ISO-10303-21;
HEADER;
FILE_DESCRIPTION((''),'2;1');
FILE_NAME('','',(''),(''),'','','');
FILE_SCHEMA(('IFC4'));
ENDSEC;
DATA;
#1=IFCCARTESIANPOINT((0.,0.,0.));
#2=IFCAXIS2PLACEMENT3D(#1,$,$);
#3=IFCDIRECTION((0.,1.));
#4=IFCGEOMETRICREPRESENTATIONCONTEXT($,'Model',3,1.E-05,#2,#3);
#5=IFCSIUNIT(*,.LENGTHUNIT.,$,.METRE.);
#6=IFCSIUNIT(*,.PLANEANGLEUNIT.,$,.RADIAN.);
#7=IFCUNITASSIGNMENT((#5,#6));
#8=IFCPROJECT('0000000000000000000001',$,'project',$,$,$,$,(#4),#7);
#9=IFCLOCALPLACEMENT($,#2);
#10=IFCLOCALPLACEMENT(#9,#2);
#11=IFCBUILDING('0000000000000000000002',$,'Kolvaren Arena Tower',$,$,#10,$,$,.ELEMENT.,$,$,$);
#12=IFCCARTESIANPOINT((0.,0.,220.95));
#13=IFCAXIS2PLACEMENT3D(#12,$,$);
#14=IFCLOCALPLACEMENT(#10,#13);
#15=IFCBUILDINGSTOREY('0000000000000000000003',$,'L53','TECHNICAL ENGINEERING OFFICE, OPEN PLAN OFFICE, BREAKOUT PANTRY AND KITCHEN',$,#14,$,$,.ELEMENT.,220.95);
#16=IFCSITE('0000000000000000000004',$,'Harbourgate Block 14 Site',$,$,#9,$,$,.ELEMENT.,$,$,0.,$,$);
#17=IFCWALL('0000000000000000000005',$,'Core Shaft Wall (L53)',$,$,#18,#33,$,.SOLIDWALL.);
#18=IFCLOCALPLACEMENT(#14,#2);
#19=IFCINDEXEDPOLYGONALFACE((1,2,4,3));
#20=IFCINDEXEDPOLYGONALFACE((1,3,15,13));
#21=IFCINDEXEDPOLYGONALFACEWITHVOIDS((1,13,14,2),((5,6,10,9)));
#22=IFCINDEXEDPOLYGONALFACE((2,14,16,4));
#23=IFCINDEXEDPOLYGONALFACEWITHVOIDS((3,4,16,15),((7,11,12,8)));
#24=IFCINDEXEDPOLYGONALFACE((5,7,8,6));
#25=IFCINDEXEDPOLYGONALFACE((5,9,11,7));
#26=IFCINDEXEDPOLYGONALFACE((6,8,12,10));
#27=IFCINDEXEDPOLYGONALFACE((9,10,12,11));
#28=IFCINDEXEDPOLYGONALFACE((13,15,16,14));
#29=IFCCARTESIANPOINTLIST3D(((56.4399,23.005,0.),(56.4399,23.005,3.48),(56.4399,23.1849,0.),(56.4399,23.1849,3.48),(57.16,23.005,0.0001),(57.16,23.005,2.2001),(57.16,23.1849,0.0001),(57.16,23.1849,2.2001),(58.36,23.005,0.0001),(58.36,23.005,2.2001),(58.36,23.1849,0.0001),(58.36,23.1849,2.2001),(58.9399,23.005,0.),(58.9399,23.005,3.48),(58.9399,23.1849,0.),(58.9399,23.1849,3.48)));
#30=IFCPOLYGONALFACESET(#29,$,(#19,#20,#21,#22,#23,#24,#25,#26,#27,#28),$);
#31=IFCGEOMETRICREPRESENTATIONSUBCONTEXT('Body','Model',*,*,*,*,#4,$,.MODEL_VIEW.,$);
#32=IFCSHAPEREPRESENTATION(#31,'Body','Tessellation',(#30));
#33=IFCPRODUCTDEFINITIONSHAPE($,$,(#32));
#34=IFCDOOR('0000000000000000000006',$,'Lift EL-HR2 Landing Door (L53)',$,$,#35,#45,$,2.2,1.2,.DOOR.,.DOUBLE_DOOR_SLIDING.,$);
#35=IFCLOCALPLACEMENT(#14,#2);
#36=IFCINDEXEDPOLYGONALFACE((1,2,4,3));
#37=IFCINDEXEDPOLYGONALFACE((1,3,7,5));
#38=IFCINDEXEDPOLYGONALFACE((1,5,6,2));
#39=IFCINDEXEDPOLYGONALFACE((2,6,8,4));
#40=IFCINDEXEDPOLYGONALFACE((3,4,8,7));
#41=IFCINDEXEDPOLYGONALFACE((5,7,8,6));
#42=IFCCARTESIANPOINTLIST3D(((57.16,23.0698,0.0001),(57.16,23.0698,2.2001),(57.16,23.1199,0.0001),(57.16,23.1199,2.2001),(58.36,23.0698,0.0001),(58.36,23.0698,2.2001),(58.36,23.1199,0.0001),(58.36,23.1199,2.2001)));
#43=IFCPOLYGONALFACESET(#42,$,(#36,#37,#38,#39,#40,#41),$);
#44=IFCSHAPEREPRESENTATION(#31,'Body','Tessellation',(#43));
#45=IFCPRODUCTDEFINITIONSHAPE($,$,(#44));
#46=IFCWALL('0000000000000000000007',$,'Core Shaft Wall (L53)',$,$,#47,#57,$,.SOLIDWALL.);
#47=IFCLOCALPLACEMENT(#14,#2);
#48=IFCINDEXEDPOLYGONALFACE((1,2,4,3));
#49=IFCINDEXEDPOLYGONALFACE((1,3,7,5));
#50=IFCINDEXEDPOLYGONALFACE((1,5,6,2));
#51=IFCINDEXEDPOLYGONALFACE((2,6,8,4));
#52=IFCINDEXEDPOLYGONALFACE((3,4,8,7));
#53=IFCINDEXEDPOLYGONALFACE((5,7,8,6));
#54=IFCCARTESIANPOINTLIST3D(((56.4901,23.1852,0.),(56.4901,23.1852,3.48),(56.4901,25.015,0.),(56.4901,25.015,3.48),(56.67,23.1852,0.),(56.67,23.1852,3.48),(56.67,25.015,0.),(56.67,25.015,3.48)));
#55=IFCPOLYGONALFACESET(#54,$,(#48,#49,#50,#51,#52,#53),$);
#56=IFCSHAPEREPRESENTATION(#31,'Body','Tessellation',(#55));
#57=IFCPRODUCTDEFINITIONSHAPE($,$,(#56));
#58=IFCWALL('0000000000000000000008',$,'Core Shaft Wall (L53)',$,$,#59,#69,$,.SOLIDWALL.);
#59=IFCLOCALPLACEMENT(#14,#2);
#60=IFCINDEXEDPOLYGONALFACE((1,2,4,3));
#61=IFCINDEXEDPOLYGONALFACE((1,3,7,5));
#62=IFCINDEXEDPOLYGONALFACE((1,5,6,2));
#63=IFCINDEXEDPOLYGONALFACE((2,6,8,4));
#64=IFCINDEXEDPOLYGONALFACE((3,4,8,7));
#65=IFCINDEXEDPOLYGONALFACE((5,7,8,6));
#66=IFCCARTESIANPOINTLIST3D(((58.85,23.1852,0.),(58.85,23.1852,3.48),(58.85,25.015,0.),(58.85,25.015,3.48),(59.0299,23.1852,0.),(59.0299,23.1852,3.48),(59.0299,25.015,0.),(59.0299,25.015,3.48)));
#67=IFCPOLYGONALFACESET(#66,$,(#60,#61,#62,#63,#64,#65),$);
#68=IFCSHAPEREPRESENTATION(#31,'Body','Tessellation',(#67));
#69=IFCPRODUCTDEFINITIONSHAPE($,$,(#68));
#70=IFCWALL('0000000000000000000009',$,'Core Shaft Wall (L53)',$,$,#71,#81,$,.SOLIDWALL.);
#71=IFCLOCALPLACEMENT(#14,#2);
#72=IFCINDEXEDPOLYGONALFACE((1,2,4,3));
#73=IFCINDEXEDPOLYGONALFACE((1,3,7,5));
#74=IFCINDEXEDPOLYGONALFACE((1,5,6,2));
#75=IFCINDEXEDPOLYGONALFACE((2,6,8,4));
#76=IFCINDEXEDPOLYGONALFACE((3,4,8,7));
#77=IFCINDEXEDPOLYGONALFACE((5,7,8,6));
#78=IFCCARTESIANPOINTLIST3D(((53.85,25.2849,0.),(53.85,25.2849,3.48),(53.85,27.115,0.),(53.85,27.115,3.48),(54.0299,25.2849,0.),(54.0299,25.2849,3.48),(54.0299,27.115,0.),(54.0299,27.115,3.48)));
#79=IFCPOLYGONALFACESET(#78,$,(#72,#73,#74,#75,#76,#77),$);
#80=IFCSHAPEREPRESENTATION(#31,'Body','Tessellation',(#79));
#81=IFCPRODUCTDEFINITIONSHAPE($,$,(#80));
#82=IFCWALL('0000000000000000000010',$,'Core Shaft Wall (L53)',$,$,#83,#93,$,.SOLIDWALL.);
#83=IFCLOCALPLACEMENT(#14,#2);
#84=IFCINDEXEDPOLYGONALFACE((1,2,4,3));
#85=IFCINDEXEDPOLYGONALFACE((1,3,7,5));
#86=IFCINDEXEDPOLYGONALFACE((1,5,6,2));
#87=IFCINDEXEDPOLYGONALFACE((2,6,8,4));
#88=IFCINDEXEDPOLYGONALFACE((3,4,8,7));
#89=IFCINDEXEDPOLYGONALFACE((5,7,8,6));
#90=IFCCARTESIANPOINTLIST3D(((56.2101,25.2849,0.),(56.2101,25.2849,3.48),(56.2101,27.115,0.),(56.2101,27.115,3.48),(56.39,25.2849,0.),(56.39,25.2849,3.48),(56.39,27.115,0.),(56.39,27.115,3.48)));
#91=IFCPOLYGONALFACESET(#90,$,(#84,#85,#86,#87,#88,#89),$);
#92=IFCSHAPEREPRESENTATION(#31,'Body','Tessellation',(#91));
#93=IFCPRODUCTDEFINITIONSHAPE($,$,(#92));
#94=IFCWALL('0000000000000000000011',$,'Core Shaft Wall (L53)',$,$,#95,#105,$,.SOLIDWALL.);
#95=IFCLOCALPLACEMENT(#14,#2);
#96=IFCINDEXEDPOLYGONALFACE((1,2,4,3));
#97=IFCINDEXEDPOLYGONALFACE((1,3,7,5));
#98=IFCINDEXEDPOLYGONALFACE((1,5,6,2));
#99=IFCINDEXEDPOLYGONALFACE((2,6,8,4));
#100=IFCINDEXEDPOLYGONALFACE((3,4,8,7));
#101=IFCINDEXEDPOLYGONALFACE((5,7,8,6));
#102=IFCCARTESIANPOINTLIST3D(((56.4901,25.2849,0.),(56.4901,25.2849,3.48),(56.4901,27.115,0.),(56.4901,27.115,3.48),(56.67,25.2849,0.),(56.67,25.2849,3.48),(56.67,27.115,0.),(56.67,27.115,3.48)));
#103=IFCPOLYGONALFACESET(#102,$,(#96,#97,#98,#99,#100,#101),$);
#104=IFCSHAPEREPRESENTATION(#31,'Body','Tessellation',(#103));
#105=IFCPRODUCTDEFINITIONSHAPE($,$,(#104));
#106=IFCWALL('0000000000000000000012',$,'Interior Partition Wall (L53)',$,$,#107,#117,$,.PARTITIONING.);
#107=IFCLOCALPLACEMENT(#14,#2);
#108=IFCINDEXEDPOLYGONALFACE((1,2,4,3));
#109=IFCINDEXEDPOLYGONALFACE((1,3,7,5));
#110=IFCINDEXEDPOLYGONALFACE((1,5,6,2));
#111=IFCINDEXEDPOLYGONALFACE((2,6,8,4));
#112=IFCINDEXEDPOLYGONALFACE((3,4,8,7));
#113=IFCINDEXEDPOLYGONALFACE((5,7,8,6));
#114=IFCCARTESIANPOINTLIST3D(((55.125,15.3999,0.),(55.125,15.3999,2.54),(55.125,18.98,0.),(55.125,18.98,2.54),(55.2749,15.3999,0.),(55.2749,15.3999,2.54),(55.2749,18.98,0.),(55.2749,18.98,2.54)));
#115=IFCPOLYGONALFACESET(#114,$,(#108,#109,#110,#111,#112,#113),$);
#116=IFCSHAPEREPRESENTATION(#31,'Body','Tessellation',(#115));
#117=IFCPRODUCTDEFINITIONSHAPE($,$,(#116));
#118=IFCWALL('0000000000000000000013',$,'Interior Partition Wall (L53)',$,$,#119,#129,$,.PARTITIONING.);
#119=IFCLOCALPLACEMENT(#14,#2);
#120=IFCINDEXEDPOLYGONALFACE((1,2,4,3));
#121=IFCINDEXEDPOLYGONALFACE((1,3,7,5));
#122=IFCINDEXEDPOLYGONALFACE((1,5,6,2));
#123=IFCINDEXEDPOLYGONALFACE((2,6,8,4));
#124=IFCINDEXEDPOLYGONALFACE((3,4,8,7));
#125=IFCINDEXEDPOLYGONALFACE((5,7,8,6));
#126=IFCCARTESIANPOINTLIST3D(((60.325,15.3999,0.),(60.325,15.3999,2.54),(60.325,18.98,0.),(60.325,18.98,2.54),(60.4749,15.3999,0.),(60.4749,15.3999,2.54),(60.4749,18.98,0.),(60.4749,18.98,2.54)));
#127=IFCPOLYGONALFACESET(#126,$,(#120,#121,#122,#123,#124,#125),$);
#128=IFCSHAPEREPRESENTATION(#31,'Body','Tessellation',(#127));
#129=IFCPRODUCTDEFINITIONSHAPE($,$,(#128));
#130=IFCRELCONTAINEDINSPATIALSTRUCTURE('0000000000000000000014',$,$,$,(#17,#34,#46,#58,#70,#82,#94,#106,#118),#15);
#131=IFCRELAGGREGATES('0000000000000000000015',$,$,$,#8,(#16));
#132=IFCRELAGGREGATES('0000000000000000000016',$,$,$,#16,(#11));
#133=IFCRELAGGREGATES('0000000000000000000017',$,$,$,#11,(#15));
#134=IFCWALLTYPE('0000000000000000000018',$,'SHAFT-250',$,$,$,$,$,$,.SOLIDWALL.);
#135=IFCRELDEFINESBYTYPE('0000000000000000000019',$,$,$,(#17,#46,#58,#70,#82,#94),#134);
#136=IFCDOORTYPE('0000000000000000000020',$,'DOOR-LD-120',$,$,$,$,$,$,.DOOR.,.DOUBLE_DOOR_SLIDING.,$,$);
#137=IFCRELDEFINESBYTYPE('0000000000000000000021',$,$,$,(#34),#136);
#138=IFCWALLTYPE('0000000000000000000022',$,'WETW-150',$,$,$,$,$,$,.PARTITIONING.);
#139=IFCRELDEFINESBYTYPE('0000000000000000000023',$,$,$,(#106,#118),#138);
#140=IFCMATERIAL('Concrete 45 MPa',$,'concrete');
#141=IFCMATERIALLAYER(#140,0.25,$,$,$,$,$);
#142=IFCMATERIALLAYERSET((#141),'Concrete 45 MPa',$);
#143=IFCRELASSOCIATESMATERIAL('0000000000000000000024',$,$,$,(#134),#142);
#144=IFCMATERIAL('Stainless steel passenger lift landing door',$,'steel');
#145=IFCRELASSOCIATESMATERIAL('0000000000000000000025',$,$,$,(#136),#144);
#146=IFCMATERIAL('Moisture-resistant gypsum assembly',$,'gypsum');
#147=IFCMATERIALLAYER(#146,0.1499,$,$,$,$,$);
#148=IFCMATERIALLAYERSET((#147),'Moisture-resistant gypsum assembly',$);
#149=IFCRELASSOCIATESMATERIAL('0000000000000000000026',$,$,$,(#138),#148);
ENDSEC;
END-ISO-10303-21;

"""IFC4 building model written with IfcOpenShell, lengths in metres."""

from ifc_helpers import new_model, si_unit, direction, frame, frame_2d, origin, place, context, subcontext, project, spatial, rectangle, extrude, material, layer, layer_set, type_object, element, fill, save


model = new_model("IFC4")

# Units and contexts
model_context = context("Model", 3, precision=1e-05, world=origin(), true_north=direction((0.0, 1.0)))
body_context = subcontext(model_context, "Body", "Model", "MODEL_VIEW")
ifc_project = project(units=[si_unit("LENGTHUNIT", "METRE"), si_unit("PLANEANGLEUNIT", "RADIAN")], contexts=[model_context])

# Site, building, storey
site_placement = place(None, origin())
site = spatial("IfcSite", under=ifc_project, at=site_placement, Name="Harbourgate Block 14 Site", CompositionType="ELEMENT", RefElevation=0.0)
building_placement = place(site_placement, origin())
building = spatial("IfcBuilding", under=site, at=building_placement, Name="Kolvaren Arena Tower", CompositionType="ELEMENT")
storey_placement = place(building_placement, frame((0.0, 0.0, 220.95)))
storey = spatial("IfcBuildingStorey", under=building, at=storey_placement, Name="L53", Description="TECHNICAL ENGINEERING OFFICE, OPEN PLAN OFFICE, BREAKOUT PANTRY AND KITCHEN", CompositionType="ELEMENT", Elevation=220.95)

# Shared definitions
ifc_material_1 = material(Name="Concrete 45 MPa", Category="concrete")
ifc_layer_1 = layer(ifc_material_1, 0.25)
ifc_layer_set_1 = layer_set([ifc_layer_1], Name="Concrete 45 MPa")
wall_type_1 = type_object("IfcWallType", Name="SHAFT-250", PredefinedType="SOLIDWALL", material=ifc_layer_set_1)

# Wall, opening, door
wall_1_placement = place(storey_placement, frame((56.4399, 23.095, 0.0), z_axis=(0.0, 0.0, 1.0), x_axis=(1.0, 0.0, 0.0)))
wall_1 = element("IfcWall", 1, at=wall_1_placement, inside=storey, type_object=wall_type_1, Name="Core Shaft Wall (L53)", PredefinedType="SOLIDWALL", context=body_context, shape_type="SweptSolid", body=[
    extrude(rectangle(XDim=2.5, YDim=0.1799, at=frame_2d((1.25, 0.0))), origin(), (0.0, 0.0, 1.0), 3.48),
])
opening_placement = place(wall_1_placement, frame((0.72, 0.0, 0.0)))
opening = element("IfcOpeningElement", 2, at=opening_placement, cuts=wall_1, PredefinedType="OPENING", context=body_context, shape_type="SweptSolid", body=[
    extrude(rectangle(XDim=1.2, YDim=2.2, at=frame_2d((0.6001, 1.1001))), frame((0.0, 0.0999, 0.0), z_axis=(0.0, -1.0, 0.0), x_axis=(1.0, 0.0, 0.0)), (0.0, 0.0, 1.0), 0.2),
])
ifc_material_2 = material(Name="Stainless steel passenger lift landing door", Category="steel")
door_type = type_object("IfcDoorType", Name="DOOR-LD-120", OperationType="DOUBLE_DOOR_SLIDING", PredefinedType="DOOR", material=ifc_material_2)
door_placement = place(opening_placement, origin())
door = element("IfcDoor", 3, at=door_placement, inside=storey, type_object=door_type, Name="Lift EL-HR2 Landing Door (L53)", OperationType="DOUBLE_DOOR_SLIDING", OverallHeight=2.2, OverallWidth=1.2, PredefinedType="DOOR", context=body_context, shape_type="SweptSolid", body=[
    extrude(rectangle(XDim=1.2, YDim=2.2, at=frame_2d((0.6001, 1.1001))), frame((0.0, 0.0249, 0.0), z_axis=(0.0, -1.0, 0.0), x_axis=(1.0, 0.0, 0.0)), (0.0, 0.0, 1.0), 0.05),
])
fill(opening, door)

# Walls
for number, where, z_axis, x_axis, name in (
    (4, (56.5801, 23.1851, 0.0), (0.0, 0.0, 1.0), (0.0, 1.0, 0.0), "Core Shaft Wall (L53)"),
    (5, (58.9399, 23.1851, 0.0), (0.0, 0.0, 1.0), (0.0, 1.0, 0.0), "Core Shaft Wall (L53)"),
):
    element("IfcWall", number, at=place(storey_placement, frame(where, z_axis=z_axis, x_axis=x_axis)), inside=storey, type_object=wall_type_1, Name=name, PredefinedType="SOLIDWALL", context=body_context, shape_type="SweptSolid", body=[
        extrude(rectangle(XDim=1.8298, YDim=0.1799, at=frame_2d((0.915, 0.0))), origin(), (0.0, 0.0, 1.0), 3.48),
    ])
for number, where, z_axis, x_axis, name in (
    (6, (53.9399, 25.2849, 0.0), (0.0, 0.0, 1.0), (0.0, 1.0, 0.0), "Core Shaft Wall (L53)"),
    (7, (56.3, 25.2849, 0.0), (0.0, 0.0, 1.0), (0.0, 1.0, 0.0), "Core Shaft Wall (L53)"),
    (8, (56.5801, 25.2849, 0.0), (0.0, 0.0, 1.0), (0.0, 1.0, 0.0), "Core Shaft Wall (L53)"),
):
    element("IfcWall", number, at=place(storey_placement, frame(where, z_axis=z_axis, x_axis=x_axis)), inside=storey, type_object=wall_type_1, Name=name, PredefinedType="SOLIDWALL", context=body_context, shape_type="SweptSolid", body=[
        extrude(rectangle(XDim=1.8301, YDim=0.1799, at=frame_2d((0.915, 0.0))), origin(), (0.0, 0.0, 1.0), 3.48),
    ])
ifc_material_3 = material(Name="Moisture-resistant gypsum assembly", Category="gypsum")
ifc_layer_2 = layer(ifc_material_3, 0.1499)
ifc_layer_set_2 = layer_set([ifc_layer_2], Name="Moisture-resistant gypsum assembly")
wall_type_2 = type_object("IfcWallType", Name="WETW-150", PredefinedType="PARTITIONING", material=ifc_layer_set_2)
for number, where, z_axis, x_axis, name in (
    (9, (55.2, 15.3999, 0.0), (0.0, 0.0, 1.0), (0.0, 1.0, 0.0), "Interior Partition Wall (L53)"),
    (10, (60.3999, 15.3999, 0.0), (0.0, 0.0, 1.0), (0.0, 1.0, 0.0), "Interior Partition Wall (L53)"),
):
    element("IfcWall", number, at=place(storey_placement, frame(where, z_axis=z_axis, x_axis=x_axis)), inside=storey, type_object=wall_type_2, Name=name, PredefinedType="PARTITIONING", context=body_context, shape_type="SweptSolid", body=[
        extrude(rectangle(XDim=3.5801, YDim=0.1499, at=frame_2d((1.79, 0.0))), origin(), (0.0, 0.0, 1.0), 2.54),
    ])

save(model, "model.ifc")
